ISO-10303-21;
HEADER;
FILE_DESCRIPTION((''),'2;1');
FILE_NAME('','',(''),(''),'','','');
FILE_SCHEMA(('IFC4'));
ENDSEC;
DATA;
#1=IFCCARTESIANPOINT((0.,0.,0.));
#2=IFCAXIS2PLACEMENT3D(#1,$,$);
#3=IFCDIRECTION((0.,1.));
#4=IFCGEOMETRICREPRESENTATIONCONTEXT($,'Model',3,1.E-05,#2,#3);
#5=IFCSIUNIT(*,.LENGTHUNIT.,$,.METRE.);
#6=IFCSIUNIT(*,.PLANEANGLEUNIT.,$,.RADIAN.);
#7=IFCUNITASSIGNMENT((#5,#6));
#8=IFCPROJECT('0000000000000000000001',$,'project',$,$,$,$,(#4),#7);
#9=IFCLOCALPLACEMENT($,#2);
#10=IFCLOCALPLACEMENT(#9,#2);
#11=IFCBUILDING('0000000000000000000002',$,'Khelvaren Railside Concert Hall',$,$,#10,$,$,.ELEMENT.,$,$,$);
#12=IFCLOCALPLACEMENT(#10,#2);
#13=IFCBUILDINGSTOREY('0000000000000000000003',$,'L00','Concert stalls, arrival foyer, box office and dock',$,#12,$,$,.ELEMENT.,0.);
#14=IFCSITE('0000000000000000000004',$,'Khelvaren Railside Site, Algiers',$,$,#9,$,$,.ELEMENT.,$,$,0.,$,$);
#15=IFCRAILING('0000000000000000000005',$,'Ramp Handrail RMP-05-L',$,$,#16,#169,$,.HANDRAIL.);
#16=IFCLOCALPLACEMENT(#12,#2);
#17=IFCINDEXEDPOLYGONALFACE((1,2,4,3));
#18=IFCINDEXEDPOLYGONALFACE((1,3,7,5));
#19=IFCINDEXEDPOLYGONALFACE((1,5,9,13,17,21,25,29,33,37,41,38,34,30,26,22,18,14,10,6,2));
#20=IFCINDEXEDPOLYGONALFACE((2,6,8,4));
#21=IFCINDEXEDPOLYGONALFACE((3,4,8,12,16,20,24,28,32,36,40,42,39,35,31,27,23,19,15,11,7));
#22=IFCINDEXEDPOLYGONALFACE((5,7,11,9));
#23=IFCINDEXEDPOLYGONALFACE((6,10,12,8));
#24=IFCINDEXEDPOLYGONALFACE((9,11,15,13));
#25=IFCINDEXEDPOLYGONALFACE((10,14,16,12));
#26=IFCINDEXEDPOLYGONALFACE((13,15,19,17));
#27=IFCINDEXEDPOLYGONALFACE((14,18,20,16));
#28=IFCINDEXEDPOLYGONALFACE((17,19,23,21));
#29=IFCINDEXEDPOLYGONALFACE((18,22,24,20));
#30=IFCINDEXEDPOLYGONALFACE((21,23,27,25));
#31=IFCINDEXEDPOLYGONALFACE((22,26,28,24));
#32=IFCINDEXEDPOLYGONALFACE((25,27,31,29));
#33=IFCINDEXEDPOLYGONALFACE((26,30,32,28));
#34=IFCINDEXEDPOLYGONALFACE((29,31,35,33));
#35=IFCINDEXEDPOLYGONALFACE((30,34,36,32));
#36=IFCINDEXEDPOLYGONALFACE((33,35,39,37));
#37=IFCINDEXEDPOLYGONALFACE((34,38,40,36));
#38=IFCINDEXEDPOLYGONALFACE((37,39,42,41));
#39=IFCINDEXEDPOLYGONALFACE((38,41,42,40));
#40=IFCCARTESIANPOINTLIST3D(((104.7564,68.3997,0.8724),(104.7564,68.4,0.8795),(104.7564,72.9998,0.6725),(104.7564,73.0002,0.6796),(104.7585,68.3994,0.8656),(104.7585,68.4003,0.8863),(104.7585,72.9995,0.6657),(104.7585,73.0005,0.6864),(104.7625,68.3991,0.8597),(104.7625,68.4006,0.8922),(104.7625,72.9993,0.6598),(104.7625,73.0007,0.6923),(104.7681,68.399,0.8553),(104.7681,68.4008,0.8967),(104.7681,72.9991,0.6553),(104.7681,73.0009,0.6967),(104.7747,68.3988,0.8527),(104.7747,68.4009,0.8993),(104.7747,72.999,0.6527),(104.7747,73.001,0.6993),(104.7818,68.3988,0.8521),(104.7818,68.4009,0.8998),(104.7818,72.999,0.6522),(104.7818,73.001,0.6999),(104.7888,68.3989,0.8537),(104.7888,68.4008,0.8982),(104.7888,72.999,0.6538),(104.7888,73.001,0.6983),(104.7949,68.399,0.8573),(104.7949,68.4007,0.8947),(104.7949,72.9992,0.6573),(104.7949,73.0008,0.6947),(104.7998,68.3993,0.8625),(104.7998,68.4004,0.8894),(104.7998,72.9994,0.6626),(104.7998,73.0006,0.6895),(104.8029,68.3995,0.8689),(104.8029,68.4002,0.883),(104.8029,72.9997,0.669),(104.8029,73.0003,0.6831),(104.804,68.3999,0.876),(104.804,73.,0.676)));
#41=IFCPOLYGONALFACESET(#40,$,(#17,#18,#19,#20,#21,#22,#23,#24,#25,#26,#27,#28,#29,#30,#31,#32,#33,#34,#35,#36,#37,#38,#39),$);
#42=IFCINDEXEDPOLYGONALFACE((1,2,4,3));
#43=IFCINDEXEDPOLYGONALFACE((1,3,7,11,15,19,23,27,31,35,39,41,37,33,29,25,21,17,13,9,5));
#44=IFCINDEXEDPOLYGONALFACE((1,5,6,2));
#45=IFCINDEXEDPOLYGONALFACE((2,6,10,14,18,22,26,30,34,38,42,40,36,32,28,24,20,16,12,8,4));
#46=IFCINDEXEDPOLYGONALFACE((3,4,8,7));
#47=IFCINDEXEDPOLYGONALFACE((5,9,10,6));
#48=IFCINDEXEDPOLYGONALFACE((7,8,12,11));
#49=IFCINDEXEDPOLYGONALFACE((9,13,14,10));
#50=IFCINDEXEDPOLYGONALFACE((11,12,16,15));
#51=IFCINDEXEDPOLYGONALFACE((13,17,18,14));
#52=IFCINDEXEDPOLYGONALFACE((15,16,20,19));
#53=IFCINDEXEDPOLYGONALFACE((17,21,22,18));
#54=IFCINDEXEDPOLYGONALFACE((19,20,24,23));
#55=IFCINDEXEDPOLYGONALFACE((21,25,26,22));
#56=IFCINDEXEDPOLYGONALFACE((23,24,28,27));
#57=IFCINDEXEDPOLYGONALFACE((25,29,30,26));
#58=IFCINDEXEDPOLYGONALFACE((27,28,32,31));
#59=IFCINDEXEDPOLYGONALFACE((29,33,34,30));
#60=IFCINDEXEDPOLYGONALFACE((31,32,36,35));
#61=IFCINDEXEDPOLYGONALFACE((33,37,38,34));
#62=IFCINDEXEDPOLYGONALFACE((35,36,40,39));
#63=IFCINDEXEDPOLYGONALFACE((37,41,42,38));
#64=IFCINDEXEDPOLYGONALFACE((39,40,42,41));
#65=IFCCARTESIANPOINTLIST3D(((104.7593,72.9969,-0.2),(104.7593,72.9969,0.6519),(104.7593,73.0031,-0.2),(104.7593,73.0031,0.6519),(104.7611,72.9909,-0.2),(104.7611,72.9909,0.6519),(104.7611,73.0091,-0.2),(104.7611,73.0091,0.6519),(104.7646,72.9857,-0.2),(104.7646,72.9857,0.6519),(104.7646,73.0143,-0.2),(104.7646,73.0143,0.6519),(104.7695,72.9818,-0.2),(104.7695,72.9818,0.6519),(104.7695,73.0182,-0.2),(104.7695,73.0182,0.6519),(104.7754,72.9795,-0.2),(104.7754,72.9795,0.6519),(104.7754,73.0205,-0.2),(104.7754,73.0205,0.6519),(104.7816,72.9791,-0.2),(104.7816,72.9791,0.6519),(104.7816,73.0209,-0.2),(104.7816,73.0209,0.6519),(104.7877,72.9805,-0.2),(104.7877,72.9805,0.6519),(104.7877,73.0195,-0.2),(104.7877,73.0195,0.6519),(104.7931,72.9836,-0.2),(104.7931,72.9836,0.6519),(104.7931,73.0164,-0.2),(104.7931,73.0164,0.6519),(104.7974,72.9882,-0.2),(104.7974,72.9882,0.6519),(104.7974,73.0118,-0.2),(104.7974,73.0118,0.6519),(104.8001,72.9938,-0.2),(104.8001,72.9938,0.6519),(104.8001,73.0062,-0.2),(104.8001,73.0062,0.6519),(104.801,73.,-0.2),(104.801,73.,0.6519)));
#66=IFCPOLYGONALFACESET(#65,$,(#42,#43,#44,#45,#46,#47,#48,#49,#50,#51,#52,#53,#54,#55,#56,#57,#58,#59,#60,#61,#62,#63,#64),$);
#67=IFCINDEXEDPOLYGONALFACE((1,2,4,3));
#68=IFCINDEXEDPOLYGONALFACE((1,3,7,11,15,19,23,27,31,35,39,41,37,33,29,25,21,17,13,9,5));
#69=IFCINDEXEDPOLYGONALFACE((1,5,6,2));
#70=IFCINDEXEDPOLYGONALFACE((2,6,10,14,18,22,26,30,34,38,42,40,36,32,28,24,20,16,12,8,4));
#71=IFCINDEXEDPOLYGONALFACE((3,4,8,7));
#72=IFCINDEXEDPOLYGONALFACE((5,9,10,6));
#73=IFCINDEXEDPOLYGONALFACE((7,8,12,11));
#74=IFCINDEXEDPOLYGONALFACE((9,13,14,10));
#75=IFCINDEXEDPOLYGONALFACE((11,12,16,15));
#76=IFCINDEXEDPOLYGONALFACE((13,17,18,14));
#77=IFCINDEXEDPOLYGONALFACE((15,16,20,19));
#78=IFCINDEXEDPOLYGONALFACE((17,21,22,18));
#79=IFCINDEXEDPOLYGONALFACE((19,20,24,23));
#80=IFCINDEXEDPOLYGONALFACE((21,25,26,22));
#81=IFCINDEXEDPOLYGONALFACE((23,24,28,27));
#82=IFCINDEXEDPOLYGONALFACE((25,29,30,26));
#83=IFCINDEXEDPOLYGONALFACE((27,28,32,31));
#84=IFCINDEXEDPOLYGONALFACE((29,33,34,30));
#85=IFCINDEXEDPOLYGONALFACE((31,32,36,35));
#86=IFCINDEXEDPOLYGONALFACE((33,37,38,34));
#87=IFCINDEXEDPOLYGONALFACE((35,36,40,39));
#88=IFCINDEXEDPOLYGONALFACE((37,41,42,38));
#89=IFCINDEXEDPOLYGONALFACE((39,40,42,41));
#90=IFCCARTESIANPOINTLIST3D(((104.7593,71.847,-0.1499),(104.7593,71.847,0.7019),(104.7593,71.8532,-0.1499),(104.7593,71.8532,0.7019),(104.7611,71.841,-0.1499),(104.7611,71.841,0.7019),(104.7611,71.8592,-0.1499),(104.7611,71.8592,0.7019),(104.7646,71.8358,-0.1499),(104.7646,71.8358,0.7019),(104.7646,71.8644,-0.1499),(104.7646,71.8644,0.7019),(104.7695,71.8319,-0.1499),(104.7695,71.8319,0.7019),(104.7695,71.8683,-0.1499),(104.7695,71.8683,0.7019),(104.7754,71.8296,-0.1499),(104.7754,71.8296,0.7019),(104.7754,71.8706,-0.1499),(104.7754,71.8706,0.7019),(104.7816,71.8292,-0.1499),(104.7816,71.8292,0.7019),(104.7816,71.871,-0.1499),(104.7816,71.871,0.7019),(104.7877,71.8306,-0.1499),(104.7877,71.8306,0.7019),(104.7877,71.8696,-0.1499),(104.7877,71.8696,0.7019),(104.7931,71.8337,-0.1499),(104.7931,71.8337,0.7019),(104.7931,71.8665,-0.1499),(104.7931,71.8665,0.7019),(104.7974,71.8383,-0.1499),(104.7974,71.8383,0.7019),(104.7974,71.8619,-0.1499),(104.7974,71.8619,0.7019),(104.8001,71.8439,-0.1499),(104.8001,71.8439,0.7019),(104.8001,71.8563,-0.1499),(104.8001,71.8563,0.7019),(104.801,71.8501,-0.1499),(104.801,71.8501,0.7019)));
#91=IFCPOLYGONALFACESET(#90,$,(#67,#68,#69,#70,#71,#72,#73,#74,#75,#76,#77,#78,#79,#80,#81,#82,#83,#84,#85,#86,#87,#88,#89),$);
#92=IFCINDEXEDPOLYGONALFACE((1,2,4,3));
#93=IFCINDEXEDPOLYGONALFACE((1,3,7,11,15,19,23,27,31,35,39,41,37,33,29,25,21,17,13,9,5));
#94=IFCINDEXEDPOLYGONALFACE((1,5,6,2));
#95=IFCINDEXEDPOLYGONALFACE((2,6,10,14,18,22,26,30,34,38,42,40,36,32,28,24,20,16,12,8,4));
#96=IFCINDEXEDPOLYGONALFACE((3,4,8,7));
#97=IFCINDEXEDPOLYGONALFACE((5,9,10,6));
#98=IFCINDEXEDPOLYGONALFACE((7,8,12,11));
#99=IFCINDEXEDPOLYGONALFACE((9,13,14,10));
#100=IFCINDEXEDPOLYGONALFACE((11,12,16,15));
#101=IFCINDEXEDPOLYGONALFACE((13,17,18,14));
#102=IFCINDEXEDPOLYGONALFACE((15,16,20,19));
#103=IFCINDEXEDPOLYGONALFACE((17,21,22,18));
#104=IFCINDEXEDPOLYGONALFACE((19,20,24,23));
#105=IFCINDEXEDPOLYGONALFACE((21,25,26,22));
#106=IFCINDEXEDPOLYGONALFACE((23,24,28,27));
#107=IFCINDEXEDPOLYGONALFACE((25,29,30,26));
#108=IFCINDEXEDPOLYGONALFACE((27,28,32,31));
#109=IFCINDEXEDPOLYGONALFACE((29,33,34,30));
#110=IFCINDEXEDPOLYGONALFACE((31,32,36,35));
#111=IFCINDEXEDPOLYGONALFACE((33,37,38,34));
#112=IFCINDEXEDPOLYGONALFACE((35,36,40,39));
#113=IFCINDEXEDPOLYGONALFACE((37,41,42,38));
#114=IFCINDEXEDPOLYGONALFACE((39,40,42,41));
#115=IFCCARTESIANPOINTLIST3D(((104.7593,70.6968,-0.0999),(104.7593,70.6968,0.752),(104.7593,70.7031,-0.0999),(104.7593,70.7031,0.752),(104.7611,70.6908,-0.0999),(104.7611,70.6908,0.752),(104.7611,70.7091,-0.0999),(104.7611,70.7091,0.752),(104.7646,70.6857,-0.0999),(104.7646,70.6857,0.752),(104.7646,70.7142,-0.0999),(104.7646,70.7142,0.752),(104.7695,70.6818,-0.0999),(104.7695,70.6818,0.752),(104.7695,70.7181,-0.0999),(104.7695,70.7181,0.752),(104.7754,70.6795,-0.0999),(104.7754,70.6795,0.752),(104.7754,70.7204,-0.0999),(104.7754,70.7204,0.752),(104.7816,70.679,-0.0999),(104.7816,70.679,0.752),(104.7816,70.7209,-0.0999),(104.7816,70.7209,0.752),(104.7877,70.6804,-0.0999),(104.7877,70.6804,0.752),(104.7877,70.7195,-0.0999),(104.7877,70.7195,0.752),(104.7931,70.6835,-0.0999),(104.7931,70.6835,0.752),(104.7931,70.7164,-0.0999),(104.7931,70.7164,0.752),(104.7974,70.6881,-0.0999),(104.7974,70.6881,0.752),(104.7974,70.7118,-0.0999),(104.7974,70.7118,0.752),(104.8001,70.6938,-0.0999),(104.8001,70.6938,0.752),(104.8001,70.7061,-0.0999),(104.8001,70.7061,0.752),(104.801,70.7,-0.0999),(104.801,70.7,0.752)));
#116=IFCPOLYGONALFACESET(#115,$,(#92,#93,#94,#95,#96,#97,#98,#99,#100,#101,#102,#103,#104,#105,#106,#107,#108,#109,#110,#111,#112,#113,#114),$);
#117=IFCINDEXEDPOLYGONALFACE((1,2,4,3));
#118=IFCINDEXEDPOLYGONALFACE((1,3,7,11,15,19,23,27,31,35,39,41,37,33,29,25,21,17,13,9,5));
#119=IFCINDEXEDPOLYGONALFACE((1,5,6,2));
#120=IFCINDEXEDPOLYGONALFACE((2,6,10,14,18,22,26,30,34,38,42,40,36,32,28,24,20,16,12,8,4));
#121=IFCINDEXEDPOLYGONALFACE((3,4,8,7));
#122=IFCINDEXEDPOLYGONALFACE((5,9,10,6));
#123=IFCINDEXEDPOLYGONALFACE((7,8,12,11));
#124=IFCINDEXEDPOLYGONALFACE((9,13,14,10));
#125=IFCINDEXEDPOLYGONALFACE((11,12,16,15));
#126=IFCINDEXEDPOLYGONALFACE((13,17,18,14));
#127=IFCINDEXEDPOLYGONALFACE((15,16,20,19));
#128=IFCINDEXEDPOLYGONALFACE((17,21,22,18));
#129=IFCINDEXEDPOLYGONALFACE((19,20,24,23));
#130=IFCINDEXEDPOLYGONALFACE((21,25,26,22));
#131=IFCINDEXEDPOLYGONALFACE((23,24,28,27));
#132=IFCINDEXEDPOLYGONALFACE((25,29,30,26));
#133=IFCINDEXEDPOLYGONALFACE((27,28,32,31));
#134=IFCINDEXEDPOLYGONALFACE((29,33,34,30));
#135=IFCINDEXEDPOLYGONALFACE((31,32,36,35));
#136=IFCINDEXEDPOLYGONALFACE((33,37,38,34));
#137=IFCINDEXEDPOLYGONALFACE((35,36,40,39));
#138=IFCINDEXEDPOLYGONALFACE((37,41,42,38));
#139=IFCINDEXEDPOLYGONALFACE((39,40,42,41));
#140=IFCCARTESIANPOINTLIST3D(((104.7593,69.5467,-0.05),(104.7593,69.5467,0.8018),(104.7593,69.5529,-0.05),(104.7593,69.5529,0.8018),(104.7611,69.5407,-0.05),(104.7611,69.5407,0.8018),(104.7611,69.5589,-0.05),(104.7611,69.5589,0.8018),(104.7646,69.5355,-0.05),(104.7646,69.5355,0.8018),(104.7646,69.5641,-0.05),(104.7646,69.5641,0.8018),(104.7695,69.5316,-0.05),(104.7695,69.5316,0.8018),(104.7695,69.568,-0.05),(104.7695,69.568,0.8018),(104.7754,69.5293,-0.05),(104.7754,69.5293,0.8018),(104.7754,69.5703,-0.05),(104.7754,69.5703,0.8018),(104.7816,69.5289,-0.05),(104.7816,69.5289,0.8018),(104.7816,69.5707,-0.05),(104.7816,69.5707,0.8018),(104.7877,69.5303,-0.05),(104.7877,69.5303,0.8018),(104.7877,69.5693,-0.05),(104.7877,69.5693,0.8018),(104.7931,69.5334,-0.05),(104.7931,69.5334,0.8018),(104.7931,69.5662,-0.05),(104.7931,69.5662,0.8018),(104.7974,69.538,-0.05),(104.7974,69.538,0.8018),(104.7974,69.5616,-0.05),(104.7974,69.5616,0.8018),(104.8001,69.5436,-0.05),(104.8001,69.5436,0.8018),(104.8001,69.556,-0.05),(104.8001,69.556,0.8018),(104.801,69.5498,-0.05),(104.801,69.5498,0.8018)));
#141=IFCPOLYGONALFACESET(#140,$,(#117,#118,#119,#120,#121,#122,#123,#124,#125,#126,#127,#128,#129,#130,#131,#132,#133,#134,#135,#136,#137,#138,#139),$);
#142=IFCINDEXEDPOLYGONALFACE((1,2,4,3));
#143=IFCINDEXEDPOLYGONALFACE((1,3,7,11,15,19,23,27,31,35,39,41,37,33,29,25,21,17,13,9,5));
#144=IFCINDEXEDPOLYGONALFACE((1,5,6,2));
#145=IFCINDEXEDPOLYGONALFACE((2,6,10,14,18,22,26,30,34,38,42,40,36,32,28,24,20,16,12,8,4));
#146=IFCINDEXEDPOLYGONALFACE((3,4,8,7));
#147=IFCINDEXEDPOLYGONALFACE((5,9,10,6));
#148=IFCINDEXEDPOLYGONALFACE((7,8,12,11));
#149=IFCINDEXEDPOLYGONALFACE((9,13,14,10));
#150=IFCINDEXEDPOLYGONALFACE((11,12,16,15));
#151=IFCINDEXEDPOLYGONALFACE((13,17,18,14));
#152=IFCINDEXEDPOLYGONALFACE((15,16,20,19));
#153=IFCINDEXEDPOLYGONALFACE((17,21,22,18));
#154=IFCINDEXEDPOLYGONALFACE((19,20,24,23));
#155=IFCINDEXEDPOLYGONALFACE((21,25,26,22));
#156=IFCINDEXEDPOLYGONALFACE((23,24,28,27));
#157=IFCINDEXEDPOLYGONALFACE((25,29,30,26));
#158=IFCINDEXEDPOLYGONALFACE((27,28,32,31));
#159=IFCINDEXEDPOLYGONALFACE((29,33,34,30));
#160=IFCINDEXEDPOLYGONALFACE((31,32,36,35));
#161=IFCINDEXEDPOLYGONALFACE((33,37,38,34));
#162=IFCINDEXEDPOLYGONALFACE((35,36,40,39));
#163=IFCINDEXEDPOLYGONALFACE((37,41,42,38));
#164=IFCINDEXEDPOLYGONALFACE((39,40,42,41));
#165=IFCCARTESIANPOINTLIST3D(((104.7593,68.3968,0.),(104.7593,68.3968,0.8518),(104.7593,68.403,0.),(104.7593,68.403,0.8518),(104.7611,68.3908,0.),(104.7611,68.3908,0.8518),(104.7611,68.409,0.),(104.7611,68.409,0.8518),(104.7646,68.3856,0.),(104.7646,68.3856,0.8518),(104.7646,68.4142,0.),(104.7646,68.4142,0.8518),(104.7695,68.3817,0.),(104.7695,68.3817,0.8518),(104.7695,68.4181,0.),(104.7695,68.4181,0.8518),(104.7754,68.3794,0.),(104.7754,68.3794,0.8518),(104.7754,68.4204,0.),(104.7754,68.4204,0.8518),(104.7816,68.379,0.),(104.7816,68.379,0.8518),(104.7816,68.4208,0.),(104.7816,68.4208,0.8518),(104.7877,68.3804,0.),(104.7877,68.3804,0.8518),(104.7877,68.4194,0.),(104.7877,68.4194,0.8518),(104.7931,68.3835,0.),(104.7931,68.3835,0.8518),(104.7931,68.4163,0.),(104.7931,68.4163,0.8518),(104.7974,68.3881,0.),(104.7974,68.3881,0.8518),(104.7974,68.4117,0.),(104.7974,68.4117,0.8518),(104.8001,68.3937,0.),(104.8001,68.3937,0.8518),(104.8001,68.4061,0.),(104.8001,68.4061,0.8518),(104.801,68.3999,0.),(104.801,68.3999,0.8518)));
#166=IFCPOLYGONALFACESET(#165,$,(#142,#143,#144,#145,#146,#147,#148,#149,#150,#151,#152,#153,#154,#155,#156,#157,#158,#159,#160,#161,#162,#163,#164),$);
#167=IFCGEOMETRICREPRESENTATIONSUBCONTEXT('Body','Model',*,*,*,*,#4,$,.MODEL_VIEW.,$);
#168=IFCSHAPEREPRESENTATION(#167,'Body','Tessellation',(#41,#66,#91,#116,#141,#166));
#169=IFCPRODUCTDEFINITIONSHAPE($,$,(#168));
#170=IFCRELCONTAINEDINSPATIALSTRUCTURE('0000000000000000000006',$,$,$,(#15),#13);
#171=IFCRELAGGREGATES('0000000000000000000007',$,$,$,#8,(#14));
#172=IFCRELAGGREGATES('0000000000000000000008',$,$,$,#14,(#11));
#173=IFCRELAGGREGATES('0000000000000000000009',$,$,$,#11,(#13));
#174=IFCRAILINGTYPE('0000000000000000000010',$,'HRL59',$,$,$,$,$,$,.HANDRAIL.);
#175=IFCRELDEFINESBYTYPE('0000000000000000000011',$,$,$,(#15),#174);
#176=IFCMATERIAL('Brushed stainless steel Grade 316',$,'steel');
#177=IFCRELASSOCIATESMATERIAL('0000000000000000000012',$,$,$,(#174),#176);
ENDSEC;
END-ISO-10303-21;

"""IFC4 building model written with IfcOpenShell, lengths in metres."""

from ifc_helpers import new_model, si_unit, direction, frame, origin, origin_2d, place, context, subcontext, project, spatial, circle, extrude, material, type_object, element, save


model = new_model("IFC4")

# Units and contexts
model_context = context("Model", 3, precision=1e-05, world=origin(), true_north=direction((0.0, 1.0)))
body_context = subcontext(model_context, "Body", "Model", "MODEL_VIEW")
ifc_project = project(units=[si_unit("LENGTHUNIT", "METRE"), si_unit("PLANEANGLEUNIT", "RADIAN")], contexts=[model_context])

# Site, building, storey
site_placement = place(None, origin())
site = spatial("IfcSite", under=ifc_project, at=site_placement, Name="Khelvaren Railside Site, Algiers", CompositionType="ELEMENT", RefElevation=0.0)
building_placement = place(site_placement, origin())
building = spatial("IfcBuilding", under=site, at=building_placement, Name="Khelvaren Railside Concert Hall", CompositionType="ELEMENT")
storey_placement = place(building_placement, origin())
storey = spatial("IfcBuildingStorey", under=building, at=storey_placement, Name="L00", Description="Concert stalls, arrival foyer, box office and dock", CompositionType="ELEMENT", Elevation=0.0)

# Railing
ifc_material_1 = material(Name="Brushed stainless steel Grade 316", Category="steel")
railing_type_1 = type_object("IfcRailingType", Name="HRL59", PredefinedType="HANDRAIL", material=ifc_material_1)
for number, where, name in (
    (1, (104.78, 73.0, -0.2), "Ramp Handrail RMP-05-L"),
):
    element("IfcRailing", number, at=place(storey_placement, frame(where)), inside=storey, type_object=railing_type_1, Name=name, PredefinedType="HANDRAIL", context=body_context, shape_type="SweptSolid", body=[
        extrude(circle(Radius=0.0239, at=origin_2d()), frame((0.0, 0.0, 0.876), z_axis=(0.0, -0.999057, 0.043426), x_axis=(1.0, 0.0, 0.0)), (0.0, 0.0, 1.0), 4.6045),
        extrude(circle(Radius=0.021, at=origin_2d()), origin(), (0.0, 0.0, 1.0), 0.8518),
        extrude(circle(Radius=0.021, at=origin_2d()), frame((0.0, -1.1499, 0.05)), (0.0, 0.0, 1.0), 0.8518),
        extrude(circle(Radius=0.021, at=origin_2d()), frame((0.0, -2.3, 0.1001)), (0.0, 0.0, 1.0), 0.8518),
        extrude(circle(Radius=0.021, at=origin_2d()), frame((0.0, -3.4502, 0.1499)), (0.0, 0.0, 1.0), 0.8518),
        extrude(circle(Radius=0.021, at=origin_2d()), frame((0.0, -4.6001, 0.2)), (0.0, 0.0, 1.0), 0.8518),
    ])

save(model, "model.ifc")
